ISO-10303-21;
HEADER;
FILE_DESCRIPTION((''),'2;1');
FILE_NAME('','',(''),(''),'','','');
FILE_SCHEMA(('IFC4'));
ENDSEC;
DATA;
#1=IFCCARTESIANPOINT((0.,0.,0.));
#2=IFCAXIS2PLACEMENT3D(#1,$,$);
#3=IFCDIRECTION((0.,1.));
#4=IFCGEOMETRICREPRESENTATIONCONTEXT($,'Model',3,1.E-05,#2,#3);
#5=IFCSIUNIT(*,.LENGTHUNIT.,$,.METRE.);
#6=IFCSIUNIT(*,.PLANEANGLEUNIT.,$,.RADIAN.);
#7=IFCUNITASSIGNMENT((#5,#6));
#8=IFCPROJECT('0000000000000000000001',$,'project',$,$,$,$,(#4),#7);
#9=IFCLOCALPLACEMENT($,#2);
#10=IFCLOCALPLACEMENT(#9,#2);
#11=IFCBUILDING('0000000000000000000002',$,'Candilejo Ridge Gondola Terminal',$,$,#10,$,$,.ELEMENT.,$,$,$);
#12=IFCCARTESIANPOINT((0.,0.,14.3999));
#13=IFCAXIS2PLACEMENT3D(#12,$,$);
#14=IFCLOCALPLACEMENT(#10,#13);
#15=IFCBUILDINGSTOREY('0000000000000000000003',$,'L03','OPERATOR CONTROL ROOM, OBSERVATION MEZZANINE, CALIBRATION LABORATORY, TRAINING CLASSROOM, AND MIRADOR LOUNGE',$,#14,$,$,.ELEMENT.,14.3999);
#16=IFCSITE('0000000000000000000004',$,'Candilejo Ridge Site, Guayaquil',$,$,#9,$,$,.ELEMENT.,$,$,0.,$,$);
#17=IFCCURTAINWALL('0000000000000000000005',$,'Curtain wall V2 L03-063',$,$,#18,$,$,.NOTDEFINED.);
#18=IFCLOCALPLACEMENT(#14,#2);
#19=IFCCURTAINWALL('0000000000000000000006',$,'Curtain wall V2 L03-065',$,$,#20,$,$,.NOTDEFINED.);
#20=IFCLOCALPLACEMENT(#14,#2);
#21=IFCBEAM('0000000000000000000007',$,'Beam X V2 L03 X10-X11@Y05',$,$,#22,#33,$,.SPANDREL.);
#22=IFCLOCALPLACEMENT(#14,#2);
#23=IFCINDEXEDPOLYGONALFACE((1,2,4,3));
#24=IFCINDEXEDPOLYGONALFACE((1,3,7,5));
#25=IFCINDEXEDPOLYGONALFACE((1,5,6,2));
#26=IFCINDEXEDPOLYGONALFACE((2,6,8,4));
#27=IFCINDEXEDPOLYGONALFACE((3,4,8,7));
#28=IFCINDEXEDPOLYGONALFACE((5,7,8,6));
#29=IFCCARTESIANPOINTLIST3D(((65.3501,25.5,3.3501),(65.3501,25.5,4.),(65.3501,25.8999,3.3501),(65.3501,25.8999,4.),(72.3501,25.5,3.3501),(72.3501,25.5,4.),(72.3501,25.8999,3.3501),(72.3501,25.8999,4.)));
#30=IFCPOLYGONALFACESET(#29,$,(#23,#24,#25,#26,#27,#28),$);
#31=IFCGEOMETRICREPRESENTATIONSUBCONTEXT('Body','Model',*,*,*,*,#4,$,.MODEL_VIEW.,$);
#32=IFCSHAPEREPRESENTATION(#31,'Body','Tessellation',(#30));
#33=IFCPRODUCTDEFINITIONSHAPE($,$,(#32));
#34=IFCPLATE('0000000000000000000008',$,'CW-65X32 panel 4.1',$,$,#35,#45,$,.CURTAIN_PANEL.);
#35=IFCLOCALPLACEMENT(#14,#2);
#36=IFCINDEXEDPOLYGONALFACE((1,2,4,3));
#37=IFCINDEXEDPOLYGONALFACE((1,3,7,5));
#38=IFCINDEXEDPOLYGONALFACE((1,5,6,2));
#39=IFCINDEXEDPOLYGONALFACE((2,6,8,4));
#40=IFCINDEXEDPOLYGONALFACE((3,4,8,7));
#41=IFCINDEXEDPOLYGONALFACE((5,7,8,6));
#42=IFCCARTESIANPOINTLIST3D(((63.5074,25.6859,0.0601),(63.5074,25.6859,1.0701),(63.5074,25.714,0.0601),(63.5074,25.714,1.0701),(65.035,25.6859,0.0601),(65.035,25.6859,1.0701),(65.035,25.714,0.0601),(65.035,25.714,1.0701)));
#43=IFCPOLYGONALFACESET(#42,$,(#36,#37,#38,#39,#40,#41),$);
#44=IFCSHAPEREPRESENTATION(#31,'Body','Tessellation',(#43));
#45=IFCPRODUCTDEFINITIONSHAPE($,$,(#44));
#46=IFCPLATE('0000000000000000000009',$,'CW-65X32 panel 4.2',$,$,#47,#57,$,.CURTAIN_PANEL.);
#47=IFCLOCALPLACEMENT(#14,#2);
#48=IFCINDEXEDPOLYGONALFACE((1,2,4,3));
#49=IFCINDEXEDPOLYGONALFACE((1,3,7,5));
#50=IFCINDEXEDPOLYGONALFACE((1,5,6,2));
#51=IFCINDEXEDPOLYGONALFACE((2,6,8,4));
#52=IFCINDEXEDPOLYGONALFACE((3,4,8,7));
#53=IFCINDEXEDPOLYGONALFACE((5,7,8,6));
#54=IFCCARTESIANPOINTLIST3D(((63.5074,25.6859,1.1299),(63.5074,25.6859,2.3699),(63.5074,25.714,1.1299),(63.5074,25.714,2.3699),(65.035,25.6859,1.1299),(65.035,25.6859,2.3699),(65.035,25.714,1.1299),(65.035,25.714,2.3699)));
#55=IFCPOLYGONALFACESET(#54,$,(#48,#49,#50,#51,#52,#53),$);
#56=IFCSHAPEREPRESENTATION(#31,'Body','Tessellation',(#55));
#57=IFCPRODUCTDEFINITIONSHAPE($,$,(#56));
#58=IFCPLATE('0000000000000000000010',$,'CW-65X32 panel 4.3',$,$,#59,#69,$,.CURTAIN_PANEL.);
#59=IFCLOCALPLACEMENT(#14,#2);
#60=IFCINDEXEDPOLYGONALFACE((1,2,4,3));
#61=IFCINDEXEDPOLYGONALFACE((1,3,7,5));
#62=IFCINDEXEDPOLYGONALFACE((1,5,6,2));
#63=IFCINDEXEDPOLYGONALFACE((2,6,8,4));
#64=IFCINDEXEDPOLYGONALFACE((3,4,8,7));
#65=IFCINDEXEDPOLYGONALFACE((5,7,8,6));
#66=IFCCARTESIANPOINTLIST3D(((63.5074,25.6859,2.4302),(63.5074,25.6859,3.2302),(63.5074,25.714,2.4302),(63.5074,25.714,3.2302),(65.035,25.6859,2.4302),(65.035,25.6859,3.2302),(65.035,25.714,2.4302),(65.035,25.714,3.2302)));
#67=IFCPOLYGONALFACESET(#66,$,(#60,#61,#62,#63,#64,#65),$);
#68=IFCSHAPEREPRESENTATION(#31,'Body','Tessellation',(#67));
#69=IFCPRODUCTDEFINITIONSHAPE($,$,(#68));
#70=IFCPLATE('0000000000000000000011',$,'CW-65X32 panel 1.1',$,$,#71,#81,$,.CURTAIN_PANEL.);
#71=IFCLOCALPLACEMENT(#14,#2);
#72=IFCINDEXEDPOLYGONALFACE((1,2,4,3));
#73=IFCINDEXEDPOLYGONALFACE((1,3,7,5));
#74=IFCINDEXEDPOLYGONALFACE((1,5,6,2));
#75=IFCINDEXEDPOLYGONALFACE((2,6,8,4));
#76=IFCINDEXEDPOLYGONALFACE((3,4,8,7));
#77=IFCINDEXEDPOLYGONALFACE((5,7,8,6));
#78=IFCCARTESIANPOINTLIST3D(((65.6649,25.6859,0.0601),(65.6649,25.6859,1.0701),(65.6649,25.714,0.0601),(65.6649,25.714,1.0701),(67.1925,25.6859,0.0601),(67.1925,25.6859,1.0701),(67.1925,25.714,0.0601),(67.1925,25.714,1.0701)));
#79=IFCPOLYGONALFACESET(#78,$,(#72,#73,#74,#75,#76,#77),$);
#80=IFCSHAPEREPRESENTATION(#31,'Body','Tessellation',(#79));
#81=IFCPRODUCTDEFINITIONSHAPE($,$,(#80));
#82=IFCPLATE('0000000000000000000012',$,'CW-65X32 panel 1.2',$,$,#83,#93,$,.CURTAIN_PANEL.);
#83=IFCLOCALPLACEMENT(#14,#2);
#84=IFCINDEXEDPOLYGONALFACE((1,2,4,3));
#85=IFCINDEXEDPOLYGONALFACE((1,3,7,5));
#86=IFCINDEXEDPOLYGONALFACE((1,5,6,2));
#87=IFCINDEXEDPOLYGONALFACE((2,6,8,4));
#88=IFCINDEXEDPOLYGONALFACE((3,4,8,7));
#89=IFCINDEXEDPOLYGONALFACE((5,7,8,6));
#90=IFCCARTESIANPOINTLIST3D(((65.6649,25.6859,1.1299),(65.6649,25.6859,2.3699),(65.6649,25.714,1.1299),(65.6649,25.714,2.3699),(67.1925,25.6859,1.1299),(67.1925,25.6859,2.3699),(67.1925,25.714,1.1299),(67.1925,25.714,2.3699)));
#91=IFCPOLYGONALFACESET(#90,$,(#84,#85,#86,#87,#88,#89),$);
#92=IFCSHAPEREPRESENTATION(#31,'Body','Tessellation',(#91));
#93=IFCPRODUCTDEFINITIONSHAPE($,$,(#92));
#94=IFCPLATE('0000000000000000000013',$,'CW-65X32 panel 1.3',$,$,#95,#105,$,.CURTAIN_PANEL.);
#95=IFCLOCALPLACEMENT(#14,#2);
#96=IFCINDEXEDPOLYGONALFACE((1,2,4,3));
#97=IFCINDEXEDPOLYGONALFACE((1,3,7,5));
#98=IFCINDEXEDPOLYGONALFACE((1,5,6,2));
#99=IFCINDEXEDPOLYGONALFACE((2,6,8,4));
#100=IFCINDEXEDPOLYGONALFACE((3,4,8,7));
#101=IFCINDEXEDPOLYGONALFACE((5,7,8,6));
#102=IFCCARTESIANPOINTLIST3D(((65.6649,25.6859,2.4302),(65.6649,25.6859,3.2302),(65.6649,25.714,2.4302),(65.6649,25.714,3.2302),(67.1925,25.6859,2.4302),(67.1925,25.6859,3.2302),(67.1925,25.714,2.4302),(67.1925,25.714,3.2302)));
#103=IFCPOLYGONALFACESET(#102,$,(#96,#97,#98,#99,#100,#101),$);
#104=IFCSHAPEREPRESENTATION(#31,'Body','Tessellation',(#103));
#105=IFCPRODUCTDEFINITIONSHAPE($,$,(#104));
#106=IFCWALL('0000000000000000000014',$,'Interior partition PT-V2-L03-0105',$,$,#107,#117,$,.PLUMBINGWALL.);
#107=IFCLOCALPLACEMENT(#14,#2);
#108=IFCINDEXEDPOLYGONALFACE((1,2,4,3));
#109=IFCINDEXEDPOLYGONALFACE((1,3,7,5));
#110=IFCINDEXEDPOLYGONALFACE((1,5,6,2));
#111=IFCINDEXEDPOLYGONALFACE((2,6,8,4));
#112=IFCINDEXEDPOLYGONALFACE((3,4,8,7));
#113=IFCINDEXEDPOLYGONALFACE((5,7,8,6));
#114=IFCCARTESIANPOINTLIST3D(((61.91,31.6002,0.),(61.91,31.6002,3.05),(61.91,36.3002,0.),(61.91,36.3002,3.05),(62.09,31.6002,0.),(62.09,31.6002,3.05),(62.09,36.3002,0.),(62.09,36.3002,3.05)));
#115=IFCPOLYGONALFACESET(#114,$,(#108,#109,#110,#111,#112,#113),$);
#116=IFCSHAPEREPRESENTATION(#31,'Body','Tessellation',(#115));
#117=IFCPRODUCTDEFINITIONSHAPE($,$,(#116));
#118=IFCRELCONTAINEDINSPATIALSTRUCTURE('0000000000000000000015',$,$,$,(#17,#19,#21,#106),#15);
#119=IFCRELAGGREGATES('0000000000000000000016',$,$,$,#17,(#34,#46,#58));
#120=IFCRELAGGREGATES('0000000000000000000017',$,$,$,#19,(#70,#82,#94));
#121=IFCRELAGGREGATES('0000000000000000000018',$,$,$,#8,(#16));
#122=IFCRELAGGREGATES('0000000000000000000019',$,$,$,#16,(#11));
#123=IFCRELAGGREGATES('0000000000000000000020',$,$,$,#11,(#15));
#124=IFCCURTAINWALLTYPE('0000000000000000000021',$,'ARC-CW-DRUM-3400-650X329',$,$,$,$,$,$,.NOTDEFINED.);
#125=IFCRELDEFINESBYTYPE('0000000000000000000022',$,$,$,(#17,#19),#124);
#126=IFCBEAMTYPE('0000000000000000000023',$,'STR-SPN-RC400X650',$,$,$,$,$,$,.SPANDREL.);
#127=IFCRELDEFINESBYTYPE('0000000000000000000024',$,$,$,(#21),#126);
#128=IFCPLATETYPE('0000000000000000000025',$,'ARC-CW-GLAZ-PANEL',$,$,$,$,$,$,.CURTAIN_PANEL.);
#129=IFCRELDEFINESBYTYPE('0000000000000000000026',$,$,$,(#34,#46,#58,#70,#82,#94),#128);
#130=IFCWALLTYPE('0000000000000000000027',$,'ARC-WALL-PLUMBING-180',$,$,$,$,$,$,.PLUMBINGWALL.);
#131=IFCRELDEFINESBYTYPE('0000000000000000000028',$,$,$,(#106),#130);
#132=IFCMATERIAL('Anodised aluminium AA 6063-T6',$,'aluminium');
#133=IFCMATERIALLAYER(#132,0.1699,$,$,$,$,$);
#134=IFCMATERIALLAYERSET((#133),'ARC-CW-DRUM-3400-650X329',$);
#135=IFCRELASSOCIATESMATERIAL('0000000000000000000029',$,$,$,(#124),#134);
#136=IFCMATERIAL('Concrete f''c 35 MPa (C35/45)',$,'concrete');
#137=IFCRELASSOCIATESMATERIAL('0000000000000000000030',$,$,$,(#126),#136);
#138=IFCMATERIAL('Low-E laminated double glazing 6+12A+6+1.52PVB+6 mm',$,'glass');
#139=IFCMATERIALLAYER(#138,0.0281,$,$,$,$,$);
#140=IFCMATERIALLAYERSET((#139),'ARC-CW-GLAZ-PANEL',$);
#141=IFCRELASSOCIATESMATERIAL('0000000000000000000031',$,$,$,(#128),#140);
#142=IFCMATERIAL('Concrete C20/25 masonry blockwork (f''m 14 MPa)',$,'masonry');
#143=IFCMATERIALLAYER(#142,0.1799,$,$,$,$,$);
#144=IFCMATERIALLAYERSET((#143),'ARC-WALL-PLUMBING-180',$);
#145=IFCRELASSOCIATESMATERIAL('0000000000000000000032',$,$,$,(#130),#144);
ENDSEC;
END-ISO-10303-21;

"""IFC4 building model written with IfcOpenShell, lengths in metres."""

from ifc_helpers import new_model, si_unit, direction, frame, frame_2d, origin, origin_2d, place, context, subcontext, project, spatial, rectangle, extrude, material, layer, layer_set, material_profile, profile_set, type_object, element, aggregate, save


model = new_model("IFC4")

# Units and contexts
model_context = context("Model", 3, precision=1e-05, world=origin(), true_north=direction((0.0, 1.0)))
body_context = subcontext(model_context, "Body", "Model", "MODEL_VIEW")
ifc_project = project(units=[si_unit("LENGTHUNIT", "METRE"), si_unit("PLANEANGLEUNIT", "RADIAN")], contexts=[model_context])

# Site, building, storey
site_placement = place(None, origin())
site = spatial("IfcSite", under=ifc_project, at=site_placement, Name="Candilejo Ridge Site, Guayaquil", CompositionType="ELEMENT", RefElevation=0.0)
building_placement = place(site_placement, origin())
building = spatial("IfcBuilding", under=site, at=building_placement, Name="Candilejo Ridge Gondola Terminal", CompositionType="ELEMENT")
storey_placement = place(building_placement, frame((0.0, 0.0, 14.3999)))
storey = spatial("IfcBuildingStorey", under=building, at=storey_placement, Name="L03", Description="OPERATOR CONTROL ROOM, OBSERVATION MEZZANINE, CALIBRATION LABORATORY, TRAINING CLASSROOM, AND MIRADOR LOUNGE", CompositionType="ELEMENT", Elevation=14.3999)

# Curtain wall
ifc_material_1 = material(Name="Anodised aluminium AA 6063-T6", Category="aluminium")
ifc_layer_1 = layer(ifc_material_1, 0.1699)
ifc_layer_set_1 = layer_set([ifc_layer_1], Name="ARC-CW-DRUM-3400-650X329")
curtain_wall_type = type_object("IfcCurtainWallType", Name="ARC-CW-DRUM-3400-650X329", PredefinedType="NOTDEFINED", material=ifc_layer_set_1)
curtain_wall_1_placement = place(storey_placement, origin())
curtain_wall_1 = element("IfcCurtainWall", 1, at=curtain_wall_1_placement, inside=storey, type_object=curtain_wall_type, Name="Curtain wall V2 L03-063", PredefinedType="NOTDEFINED")

# Curtain wall
curtain_wall_2_placement = place(storey_placement, origin())
curtain_wall_2 = element("IfcCurtainWall", 2, at=curtain_wall_2_placement, inside=storey, type_object=curtain_wall_type, Name="Curtain wall V2 L03-065", PredefinedType="NOTDEFINED")

# Beam
ifc_material_2 = material(Name="Concrete f'c 35 MPa (C35/45)", Category="concrete")
ifc_material_profile_1 = material_profile(ifc_material_2, rectangle(XDim=0.3999, YDim=0.6499, at=origin_2d()))
ifc_profile_set_1 = profile_set([ifc_material_profile_1], Name="Concrete f'c 35 MPa (C35/45)")
beam_type_1 = type_object("IfcBeamType", Name="STR-SPN-RC400X650", PredefinedType="SPANDREL", material=ifc_profile_set_1)
beam_1_placement = place(storey_placement, frame((65.3501, 25.7, 3.675), z_axis=(1.0, 0.0, 0.0), x_axis=(0.0, 1.0, 0.0)))
element("IfcBeam", 3, at=beam_1_placement, inside=storey, type_object=beam_type_1, Name="Beam X V2 L03 X10-X11@Y05", PredefinedType="SPANDREL", context=body_context, shape_type="SweptSolid", body=[
    extrude(rectangle(XDim=0.3999, YDim=0.6499, at=origin_2d()), origin(), (0.0, 0.0, 1.0), 7.0),
])

# Plates
ifc_material_3 = material(Name="Low-E laminated double glazing 6+12A+6+1.52PVB+6 mm", Category="glass")
ifc_layer_2 = layer(ifc_material_3, 0.0281)
ifc_layer_set_2 = layer_set([ifc_layer_2], Name="ARC-CW-GLAZ-PANEL")
plate_type = type_object("IfcPlateType", Name="ARC-CW-GLAZ-PANEL", PredefinedType="CURTAIN_PANEL", material=ifc_layer_set_2)
plate_1_placement = place(storey_placement, frame((64.2712, 25.7, 0.0601), z_axis=(0.0, 0.0, 1.0), x_axis=(1.0, 0.0, 0.0)))
plate_1 = element("IfcPlate", 4, at=plate_1_placement, type_object=plate_type, Name="CW-65X32 panel 4.1", PredefinedType="CURTAIN_PANEL", context=body_context, shape_type="SweptSolid", body=[
    extrude(rectangle(XDim=1.5276, YDim=0.0281, at=origin_2d()), origin(), (0.0, 0.0, 1.0), 1.01),
])
plate_2_placement = place(storey_placement, frame((64.2712, 25.7, 1.1299), z_axis=(0.0, 0.0, 1.0), x_axis=(1.0, 0.0, 0.0)))
plate_2 = element("IfcPlate", 5, at=plate_2_placement, type_object=plate_type, Name="CW-65X32 panel 4.2", PredefinedType="CURTAIN_PANEL", context=body_context, shape_type="SweptSolid", body=[
    extrude(rectangle(XDim=1.5276, YDim=0.0281, at=origin_2d()), origin(), (0.0, 0.0, 1.0), 1.24),
])
plate_3_placement = place(storey_placement, frame((64.2712, 25.7, 2.4302), z_axis=(0.0, 0.0, 1.0), x_axis=(1.0, 0.0, 0.0)))
plate_3 = element("IfcPlate", 6, at=plate_3_placement, type_object=plate_type, Name="CW-65X32 panel 4.3", PredefinedType="CURTAIN_PANEL", context=body_context, shape_type="SweptSolid", body=[
    extrude(rectangle(XDim=1.5276, YDim=0.0281, at=origin_2d()), origin(), (0.0, 0.0, 1.0), 0.8),
])
aggregate(curtain_wall_1, [plate_1, plate_2, plate_3])
plate_4_placement = place(storey_placement, frame((66.4287, 25.7, 0.0601), z_axis=(0.0, 0.0, 1.0), x_axis=(1.0, 0.0, 0.0)))
plate_4 = element("IfcPlate", 7, at=plate_4_placement, type_object=plate_type, Name="CW-65X32 panel 1.1", PredefinedType="CURTAIN_PANEL", context=body_context, shape_type="SweptSolid", body=[
    extrude(rectangle(XDim=1.5276, YDim=0.0281, at=origin_2d()), origin(), (0.0, 0.0, 1.0), 1.01),
])
plate_5_placement = place(storey_placement, frame((66.4287, 25.7, 1.1299), z_axis=(0.0, 0.0, 1.0), x_axis=(1.0, 0.0, 0.0)))
plate_5 = element("IfcPlate", 8, at=plate_5_placement, type_object=plate_type, Name="CW-65X32 panel 1.2", PredefinedType="CURTAIN_PANEL", context=body_context, shape_type="SweptSolid", body=[
    extrude(rectangle(XDim=1.5276, YDim=0.0281, at=origin_2d()), origin(), (0.0, 0.0, 1.0), 1.24),
])
plate_6_placement = place(storey_placement, frame((66.4287, 25.7, 2.4302), z_axis=(0.0, 0.0, 1.0), x_axis=(1.0, 0.0, 0.0)))
plate_6 = element("IfcPlate", 9, at=plate_6_placement, type_object=plate_type, Name="CW-65X32 panel 1.3", PredefinedType="CURTAIN_PANEL", context=body_context, shape_type="SweptSolid", body=[
    extrude(rectangle(XDim=1.5276, YDim=0.0281, at=origin_2d()), origin(), (0.0, 0.0, 1.0), 0.8),
])
aggregate(curtain_wall_2, [plate_4, plate_5, plate_6])

# Wall
ifc_material_4 = material(Name="Concrete C20/25 masonry blockwork (f'm 14 MPa)", Category="masonry")
ifc_layer_3 = layer(ifc_material_4, 0.1799)
ifc_layer_set_3 = layer_set([ifc_layer_3], Name="ARC-WALL-PLUMBING-180")
wall_type = type_object("IfcWallType", Name="ARC-WALL-PLUMBING-180", PredefinedType="PLUMBINGWALL", material=ifc_layer_set_3)
wall_placement = place(storey_placement, frame((62.0, 31.6001, 0.0), z_axis=(0.0, 0.0, 1.0), x_axis=(0.0, 1.0, 0.0)))
element("IfcWall", 10, at=wall_placement, inside=storey, type_object=wall_type, Name="Interior partition PT-V2-L03-0105", PredefinedType="PLUMBINGWALL", context=body_context, shape_type="SweptSolid", body=[
    extrude(rectangle(XDim=4.7, YDim=0.1799, at=frame_2d((2.3501, 0.0))), origin(), (0.0, 0.0, 1.0), 3.05),
])

save(model, "model.ifc")
